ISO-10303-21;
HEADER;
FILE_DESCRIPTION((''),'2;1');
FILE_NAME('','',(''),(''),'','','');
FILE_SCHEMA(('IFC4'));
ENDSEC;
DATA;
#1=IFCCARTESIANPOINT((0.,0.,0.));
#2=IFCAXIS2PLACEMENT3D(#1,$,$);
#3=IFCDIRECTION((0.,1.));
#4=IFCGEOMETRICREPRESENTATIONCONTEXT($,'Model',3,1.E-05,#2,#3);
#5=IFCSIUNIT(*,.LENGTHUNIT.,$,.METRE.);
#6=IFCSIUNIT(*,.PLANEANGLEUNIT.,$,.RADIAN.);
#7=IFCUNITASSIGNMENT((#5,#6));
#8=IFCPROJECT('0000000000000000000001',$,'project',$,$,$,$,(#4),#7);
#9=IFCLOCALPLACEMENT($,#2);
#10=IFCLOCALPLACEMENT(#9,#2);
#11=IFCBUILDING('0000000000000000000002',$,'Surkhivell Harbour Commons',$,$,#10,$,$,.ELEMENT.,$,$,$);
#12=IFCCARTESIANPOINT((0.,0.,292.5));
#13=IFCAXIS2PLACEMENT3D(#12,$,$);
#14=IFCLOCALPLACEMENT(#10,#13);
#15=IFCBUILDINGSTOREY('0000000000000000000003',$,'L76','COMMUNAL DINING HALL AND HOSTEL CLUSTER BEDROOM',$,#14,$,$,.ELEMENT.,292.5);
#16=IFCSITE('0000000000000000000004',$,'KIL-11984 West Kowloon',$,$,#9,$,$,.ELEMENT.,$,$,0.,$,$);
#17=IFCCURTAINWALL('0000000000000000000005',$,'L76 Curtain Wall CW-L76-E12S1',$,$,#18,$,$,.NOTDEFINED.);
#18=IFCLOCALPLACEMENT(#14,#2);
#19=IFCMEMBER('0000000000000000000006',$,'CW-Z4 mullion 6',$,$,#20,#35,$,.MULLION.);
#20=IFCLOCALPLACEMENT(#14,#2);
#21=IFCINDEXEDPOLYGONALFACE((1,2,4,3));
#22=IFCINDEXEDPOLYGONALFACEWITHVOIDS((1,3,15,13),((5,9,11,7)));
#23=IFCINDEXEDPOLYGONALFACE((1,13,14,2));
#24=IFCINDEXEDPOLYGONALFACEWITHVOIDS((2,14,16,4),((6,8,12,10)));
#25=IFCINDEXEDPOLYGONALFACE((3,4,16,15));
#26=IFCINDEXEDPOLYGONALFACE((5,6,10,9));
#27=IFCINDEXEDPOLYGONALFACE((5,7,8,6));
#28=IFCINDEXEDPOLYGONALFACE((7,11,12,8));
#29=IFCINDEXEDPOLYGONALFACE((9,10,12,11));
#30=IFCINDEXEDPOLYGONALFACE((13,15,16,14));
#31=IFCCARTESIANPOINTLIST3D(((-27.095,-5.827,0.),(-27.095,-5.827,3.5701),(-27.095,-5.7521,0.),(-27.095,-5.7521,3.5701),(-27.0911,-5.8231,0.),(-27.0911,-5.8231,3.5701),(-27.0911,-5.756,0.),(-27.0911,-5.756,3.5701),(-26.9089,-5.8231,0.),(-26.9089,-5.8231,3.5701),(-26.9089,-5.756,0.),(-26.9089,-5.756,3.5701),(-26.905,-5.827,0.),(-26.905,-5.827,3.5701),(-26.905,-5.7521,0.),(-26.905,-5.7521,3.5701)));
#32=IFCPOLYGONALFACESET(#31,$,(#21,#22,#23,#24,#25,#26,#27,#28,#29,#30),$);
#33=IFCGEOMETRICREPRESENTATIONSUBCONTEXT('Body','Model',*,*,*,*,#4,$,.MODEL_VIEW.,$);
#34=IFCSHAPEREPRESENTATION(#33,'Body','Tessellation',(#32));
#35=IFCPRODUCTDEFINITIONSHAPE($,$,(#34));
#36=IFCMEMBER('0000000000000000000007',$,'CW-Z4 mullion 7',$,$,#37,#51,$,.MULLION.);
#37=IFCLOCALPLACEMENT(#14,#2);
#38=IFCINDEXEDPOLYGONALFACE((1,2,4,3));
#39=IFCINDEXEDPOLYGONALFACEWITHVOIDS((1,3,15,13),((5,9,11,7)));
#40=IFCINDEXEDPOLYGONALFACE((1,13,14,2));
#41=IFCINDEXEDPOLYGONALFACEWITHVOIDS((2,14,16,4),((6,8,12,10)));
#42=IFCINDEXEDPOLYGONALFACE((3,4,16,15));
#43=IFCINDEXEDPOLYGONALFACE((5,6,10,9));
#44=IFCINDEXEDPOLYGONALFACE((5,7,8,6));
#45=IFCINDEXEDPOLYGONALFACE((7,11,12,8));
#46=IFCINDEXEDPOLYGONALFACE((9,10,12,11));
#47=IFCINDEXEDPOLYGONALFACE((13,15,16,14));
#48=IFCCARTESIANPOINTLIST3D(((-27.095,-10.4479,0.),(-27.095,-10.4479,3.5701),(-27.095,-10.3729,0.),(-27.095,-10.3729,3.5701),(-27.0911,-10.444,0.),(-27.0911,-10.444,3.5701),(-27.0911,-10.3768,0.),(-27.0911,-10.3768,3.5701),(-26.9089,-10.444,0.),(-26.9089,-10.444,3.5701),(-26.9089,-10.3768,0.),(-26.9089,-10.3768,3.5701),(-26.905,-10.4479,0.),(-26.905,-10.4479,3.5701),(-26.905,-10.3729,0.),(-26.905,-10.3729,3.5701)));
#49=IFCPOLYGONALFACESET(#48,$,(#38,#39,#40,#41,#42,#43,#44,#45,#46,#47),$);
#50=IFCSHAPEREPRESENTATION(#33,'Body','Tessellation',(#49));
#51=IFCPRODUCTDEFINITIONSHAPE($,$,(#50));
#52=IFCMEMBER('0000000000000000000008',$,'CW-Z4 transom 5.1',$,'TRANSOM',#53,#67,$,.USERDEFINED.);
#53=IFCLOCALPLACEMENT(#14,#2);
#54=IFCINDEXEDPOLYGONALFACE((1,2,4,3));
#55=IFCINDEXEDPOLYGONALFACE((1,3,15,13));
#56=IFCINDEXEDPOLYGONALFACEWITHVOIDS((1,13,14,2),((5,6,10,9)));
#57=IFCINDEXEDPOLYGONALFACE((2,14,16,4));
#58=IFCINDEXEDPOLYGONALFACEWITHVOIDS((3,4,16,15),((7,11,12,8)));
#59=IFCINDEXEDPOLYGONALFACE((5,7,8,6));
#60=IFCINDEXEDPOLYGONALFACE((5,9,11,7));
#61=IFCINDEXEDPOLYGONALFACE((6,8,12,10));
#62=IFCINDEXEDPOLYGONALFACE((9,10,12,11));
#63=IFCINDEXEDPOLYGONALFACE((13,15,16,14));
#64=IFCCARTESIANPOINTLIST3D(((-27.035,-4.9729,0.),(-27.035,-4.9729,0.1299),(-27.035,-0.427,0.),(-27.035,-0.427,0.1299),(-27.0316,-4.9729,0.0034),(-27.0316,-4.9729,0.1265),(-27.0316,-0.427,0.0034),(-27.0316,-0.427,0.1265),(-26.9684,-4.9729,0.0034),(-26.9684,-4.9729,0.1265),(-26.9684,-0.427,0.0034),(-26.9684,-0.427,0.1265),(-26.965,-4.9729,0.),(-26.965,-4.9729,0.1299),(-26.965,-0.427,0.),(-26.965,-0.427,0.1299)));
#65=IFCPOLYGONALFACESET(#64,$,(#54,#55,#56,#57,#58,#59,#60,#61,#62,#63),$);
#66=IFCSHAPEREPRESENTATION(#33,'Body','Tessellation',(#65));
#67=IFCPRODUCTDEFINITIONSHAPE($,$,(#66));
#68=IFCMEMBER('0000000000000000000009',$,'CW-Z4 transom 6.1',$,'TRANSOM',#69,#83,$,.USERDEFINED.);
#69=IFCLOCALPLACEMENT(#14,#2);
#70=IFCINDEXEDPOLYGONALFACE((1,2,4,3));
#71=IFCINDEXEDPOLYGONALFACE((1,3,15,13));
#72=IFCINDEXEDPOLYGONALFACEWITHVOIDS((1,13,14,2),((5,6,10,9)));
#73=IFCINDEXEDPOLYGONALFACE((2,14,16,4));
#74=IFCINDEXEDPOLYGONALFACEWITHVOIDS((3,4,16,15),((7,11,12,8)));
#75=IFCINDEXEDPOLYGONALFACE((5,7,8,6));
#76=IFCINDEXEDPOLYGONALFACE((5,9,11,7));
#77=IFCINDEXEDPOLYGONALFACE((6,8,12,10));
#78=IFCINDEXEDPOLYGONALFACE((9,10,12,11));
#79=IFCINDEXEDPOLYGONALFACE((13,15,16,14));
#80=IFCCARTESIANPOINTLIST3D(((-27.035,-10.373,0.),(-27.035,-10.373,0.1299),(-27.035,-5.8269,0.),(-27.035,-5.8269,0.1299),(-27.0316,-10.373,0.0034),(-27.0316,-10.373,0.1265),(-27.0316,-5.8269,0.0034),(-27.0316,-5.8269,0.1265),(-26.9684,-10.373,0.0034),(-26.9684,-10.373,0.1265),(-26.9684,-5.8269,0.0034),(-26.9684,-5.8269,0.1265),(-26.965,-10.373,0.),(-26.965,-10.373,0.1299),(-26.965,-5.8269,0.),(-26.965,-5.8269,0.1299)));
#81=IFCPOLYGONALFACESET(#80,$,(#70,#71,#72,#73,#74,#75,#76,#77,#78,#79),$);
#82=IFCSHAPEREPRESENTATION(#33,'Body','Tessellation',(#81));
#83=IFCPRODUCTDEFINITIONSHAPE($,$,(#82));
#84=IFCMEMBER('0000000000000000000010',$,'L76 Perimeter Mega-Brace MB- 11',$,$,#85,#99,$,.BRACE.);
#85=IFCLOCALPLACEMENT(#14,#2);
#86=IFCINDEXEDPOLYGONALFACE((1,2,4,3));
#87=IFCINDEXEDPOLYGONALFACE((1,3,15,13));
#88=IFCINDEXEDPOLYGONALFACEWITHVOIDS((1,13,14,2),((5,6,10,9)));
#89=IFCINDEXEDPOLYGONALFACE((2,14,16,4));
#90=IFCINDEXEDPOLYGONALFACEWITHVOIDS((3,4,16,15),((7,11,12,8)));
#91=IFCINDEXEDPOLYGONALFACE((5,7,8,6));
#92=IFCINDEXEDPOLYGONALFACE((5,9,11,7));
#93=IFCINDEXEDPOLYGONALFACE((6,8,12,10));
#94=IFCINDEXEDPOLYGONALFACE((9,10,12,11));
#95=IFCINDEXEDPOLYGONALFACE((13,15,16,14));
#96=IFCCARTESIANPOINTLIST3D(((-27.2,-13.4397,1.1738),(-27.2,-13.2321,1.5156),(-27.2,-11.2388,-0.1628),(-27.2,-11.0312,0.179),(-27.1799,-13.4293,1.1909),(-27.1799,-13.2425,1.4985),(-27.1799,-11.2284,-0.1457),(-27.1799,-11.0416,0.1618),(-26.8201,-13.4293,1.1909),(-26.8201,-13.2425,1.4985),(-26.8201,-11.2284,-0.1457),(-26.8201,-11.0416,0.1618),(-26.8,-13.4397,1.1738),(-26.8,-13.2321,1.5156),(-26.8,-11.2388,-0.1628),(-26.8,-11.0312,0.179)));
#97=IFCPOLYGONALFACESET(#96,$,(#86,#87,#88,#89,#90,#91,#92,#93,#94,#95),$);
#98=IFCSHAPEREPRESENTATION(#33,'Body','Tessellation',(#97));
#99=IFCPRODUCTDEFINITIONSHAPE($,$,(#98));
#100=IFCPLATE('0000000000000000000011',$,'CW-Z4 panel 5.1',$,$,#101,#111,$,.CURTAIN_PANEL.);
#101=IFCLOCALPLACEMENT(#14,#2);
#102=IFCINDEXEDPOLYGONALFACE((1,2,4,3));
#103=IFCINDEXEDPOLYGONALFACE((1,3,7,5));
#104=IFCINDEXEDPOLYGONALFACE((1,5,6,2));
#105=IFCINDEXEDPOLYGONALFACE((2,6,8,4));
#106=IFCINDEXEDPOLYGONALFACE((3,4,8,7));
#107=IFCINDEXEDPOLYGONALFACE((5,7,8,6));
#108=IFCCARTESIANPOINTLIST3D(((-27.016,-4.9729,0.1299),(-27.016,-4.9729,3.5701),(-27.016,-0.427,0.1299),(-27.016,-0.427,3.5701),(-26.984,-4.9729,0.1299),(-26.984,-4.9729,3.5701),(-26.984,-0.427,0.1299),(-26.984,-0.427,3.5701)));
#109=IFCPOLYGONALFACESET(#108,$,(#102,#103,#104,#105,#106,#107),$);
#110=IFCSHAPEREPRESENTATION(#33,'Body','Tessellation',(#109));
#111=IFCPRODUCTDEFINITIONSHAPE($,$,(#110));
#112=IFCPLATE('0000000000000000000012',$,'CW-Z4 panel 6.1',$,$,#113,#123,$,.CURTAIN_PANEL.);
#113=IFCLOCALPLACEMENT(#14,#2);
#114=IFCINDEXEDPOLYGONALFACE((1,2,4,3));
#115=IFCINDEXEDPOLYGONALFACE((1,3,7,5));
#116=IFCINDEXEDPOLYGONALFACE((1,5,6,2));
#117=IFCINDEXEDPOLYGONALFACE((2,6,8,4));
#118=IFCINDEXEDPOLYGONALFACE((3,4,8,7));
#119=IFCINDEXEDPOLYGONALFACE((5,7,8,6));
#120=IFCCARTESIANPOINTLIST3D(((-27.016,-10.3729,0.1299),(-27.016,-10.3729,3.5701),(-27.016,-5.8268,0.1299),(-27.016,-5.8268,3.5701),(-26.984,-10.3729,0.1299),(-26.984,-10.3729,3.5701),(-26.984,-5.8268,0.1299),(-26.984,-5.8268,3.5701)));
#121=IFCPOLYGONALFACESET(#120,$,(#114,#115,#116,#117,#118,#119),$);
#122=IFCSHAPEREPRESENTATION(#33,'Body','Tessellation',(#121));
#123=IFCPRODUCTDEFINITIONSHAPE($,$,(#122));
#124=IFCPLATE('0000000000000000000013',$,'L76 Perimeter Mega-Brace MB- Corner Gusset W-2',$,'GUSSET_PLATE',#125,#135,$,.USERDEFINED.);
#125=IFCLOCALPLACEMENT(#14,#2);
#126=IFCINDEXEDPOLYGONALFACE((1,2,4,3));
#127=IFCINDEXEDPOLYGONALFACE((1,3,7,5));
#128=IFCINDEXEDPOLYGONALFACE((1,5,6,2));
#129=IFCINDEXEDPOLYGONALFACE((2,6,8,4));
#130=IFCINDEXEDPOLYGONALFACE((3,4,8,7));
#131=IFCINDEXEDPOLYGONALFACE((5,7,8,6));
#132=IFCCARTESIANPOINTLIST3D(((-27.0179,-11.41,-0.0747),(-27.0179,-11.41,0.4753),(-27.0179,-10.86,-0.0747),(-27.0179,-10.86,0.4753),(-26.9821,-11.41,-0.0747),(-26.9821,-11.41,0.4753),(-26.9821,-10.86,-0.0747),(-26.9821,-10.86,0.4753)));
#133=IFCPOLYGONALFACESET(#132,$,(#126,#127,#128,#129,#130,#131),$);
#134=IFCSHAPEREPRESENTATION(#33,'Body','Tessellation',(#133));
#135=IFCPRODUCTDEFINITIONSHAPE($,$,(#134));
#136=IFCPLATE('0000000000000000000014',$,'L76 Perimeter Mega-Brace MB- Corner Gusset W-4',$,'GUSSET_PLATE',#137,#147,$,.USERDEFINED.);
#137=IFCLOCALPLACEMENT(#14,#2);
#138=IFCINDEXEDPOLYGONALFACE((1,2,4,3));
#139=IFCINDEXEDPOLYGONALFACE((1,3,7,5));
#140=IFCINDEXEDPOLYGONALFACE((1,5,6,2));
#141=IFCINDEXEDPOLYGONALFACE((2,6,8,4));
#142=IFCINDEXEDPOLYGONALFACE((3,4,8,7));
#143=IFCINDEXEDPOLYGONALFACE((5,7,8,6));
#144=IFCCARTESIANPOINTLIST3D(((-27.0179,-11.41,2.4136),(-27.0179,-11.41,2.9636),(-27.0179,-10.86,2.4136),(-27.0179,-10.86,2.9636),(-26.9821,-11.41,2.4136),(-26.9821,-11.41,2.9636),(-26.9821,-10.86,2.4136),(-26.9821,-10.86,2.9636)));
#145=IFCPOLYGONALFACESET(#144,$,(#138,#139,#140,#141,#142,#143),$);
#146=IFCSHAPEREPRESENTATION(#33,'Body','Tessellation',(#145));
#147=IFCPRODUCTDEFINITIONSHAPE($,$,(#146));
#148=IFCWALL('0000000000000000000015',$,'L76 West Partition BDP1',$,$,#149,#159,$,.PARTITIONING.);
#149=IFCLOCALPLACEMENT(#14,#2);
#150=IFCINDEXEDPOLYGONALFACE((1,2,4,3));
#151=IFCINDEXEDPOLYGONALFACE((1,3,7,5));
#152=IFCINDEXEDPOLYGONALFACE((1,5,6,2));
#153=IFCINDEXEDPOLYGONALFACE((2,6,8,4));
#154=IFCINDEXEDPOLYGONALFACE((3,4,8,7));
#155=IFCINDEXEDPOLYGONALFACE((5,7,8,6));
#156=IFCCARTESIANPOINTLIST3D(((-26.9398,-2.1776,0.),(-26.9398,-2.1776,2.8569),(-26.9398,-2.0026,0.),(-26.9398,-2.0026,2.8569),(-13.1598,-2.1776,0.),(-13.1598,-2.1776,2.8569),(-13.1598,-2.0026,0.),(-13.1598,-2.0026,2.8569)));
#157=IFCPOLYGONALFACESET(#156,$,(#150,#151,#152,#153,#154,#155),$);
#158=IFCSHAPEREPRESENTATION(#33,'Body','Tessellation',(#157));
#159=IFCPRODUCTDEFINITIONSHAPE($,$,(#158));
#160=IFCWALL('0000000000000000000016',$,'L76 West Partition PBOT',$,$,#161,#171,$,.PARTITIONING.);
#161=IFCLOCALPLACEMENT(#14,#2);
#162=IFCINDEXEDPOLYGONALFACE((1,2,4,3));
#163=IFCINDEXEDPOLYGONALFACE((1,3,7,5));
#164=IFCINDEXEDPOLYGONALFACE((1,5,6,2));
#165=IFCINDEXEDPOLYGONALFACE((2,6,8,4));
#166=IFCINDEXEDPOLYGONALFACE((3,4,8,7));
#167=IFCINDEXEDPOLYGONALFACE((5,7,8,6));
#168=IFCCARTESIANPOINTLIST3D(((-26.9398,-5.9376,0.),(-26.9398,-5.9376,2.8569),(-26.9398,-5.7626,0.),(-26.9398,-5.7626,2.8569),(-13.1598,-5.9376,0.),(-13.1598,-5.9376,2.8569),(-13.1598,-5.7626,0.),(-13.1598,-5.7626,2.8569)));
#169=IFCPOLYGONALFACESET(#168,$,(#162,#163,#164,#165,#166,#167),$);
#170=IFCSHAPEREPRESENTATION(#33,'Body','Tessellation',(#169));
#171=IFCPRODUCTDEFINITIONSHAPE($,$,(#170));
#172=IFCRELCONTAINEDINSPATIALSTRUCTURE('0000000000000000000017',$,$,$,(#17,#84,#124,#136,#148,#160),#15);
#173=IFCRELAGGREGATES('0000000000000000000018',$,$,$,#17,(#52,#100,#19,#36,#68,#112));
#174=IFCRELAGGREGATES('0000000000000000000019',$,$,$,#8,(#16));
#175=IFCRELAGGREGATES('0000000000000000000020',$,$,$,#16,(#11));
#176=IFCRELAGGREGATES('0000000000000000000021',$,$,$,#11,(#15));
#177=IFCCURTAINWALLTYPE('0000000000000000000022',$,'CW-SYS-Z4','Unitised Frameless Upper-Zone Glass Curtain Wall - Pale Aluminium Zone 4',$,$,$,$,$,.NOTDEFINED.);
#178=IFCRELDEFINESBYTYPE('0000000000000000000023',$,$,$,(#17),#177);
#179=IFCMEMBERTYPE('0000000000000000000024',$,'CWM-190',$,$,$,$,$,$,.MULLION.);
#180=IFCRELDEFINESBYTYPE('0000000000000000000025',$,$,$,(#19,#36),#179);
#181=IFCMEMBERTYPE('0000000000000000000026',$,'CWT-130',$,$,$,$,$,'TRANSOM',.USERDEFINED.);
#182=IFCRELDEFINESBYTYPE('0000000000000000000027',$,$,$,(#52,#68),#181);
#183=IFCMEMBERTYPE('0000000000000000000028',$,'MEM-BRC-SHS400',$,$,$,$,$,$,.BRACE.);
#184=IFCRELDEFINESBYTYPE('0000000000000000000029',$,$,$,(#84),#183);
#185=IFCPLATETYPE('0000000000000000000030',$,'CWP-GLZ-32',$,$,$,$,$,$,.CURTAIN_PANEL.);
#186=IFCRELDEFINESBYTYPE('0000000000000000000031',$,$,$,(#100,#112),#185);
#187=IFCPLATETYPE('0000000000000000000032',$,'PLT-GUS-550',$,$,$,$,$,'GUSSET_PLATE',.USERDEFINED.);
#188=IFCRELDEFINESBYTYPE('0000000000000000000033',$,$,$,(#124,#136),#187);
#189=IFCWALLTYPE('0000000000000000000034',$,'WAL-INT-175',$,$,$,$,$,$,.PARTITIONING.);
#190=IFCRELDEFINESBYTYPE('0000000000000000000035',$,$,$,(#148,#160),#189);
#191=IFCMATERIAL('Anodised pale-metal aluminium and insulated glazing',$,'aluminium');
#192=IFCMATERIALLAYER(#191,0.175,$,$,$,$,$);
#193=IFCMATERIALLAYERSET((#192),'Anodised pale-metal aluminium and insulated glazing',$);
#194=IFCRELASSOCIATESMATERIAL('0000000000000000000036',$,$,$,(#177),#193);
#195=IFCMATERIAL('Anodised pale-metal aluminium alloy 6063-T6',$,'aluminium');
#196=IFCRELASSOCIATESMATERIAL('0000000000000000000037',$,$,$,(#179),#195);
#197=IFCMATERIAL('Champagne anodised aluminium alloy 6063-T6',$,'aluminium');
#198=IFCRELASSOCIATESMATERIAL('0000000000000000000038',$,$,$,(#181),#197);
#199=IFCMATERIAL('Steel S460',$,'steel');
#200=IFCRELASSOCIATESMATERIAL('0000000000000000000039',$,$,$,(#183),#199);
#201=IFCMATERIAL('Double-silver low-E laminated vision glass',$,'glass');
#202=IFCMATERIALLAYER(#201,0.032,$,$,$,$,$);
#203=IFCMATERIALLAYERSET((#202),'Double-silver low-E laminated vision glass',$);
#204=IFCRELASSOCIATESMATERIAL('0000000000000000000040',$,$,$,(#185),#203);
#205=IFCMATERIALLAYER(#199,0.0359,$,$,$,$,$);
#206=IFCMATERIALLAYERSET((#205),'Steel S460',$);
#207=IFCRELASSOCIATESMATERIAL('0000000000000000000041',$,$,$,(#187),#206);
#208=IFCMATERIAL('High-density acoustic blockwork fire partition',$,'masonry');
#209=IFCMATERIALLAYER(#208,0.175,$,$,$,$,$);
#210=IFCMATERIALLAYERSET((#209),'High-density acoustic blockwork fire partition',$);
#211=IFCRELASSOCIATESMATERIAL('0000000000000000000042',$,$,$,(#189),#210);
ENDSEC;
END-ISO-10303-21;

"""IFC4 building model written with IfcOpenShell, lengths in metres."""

from ifc_helpers import new_model, si_unit, direction, frame, frame_2d, origin, origin_2d, place, context, subcontext, project, spatial, rectangle, hollow_rectangle, extrude, material, layer, layer_set, material_profile, profile_set, type_object, element, aggregate, save


model = new_model("IFC4")

# Units and contexts
model_context = context("Model", 3, precision=1e-05, world=origin(), true_north=direction((0.0, 1.0)))
body_context = subcontext(model_context, "Body", "Model", "MODEL_VIEW")
ifc_project = project(units=[si_unit("LENGTHUNIT", "METRE"), si_unit("PLANEANGLEUNIT", "RADIAN")], contexts=[model_context])

# Site, building, storey
site_placement = place(None, origin())
site = spatial("IfcSite", under=ifc_project, at=site_placement, Name="KIL-11984 West Kowloon", CompositionType="ELEMENT", RefElevation=0.0)
building_placement = place(site_placement, origin())
building = spatial("IfcBuilding", under=site, at=building_placement, Name="Surkhivell Harbour Commons", CompositionType="ELEMENT")
storey_placement = place(building_placement, frame((0.0, 0.0, 292.5)))
storey = spatial("IfcBuildingStorey", under=building, at=storey_placement, Name="L76", Description="COMMUNAL DINING HALL AND HOSTEL CLUSTER BEDROOM", CompositionType="ELEMENT", Elevation=292.5)

# Curtain wall, members
ifc_material_1 = material(Name="Anodised pale-metal aluminium and insulated glazing", Category="aluminium")
ifc_layer_1 = layer(ifc_material_1, 0.175)
ifc_layer_set_1 = layer_set([ifc_layer_1], Name="Anodised pale-metal aluminium and insulated glazing")
curtain_wall_type = type_object("IfcCurtainWallType", Name="CW-SYS-Z4", Description="Unitised Frameless Upper-Zone Glass Curtain Wall - Pale Aluminium Zone 4", PredefinedType="NOTDEFINED", material=ifc_layer_set_1)
curtain_wall_placement = place(storey_placement, origin())
curtain_wall = element("IfcCurtainWall", 1, at=curtain_wall_placement, inside=storey, type_object=curtain_wall_type, Name="L76 Curtain Wall CW-L76-E12S1", PredefinedType="NOTDEFINED")
ifc_material_2 = material(Name="Anodised pale-metal aluminium alloy 6063-T6", Category="aluminium")
ifc_material_profile_1 = material_profile(ifc_material_2, hollow_rectangle(XDim=0.075, YDim=0.1899, WallThickness=0.0039, at=origin_2d()), Name="ALU-MULL-75x190")
ifc_profile_set_1 = profile_set([ifc_material_profile_1], Name="Anodised pale-metal aluminium alloy 6063-T6")
member_type_1 = type_object("IfcMemberType", Name="CWM-190", PredefinedType="MULLION", material=ifc_profile_set_1)
member_1_placement = place(storey_placement, frame((-27.0, -5.7896, 0.0), z_axis=(0.0, 0.0, 1.0), x_axis=(0.0, -1.0, 0.0)))
member_1 = element("IfcMember", 2, at=member_1_placement, type_object=member_type_1, Name="CW-Z4 mullion 6", PredefinedType="MULLION", context=body_context, shape_type="SweptSolid", body=[
    extrude(hollow_rectangle(XDim=0.075, YDim=0.1899, WallThickness=0.0039, at=origin_2d()), origin(), (0.0, 0.0, 1.0), 3.5701),
])
member_2_placement = place(storey_placement, frame((-27.0, -10.4104, 0.0), z_axis=(0.0, 0.0, 1.0), x_axis=(0.0, -1.0, 0.0)))
member_2 = element("IfcMember", 3, at=member_2_placement, type_object=member_type_1, Name="CW-Z4 mullion 7", PredefinedType="MULLION", context=body_context, shape_type="SweptSolid", body=[
    extrude(hollow_rectangle(XDim=0.075, YDim=0.1899, WallThickness=0.0039, at=origin_2d()), origin(), (0.0, 0.0, 1.0), 3.5701),
])
ifc_material_3 = material(Name="Champagne anodised aluminium alloy 6063-T6", Category="aluminium")
ifc_material_profile_2 = material_profile(ifc_material_3, hollow_rectangle(XDim=0.0701, YDim=0.1299, WallThickness=0.0034, at=origin_2d()), Name="ALU-TRAN-70x130")
ifc_profile_set_2 = profile_set([ifc_material_profile_2], Name="Champagne anodised aluminium alloy 6063-T6")
member_type_2 = type_object("IfcMemberType", Name="CWT-130", ElementType="TRANSOM", PredefinedType="USERDEFINED", material=ifc_profile_set_2)
member_3_placement = place(storey_placement, frame((-27.0, -0.427, 0.0649), z_axis=(0.0, -1.0, 0.0), x_axis=(1.0, 0.0, 0.0)))
member_3 = element("IfcMember", 4, at=member_3_placement, type_object=member_type_2, Name="CW-Z4 transom 5.1", ObjectType="TRANSOM", PredefinedType="USERDEFINED", context=body_context, shape_type="SweptSolid", body=[
    extrude(hollow_rectangle(XDim=0.0701, YDim=0.1299, WallThickness=0.0034, at=origin_2d()), origin(), (0.0, 0.0, 1.0), 4.5459),
])
member_4_placement = place(storey_placement, frame((-27.0, -5.8269, 0.0649), z_axis=(0.0, -1.0, 0.0), x_axis=(1.0, 0.0, 0.0)))
member_4 = element("IfcMember", 5, at=member_4_placement, type_object=member_type_2, Name="CW-Z4 transom 6.1", ObjectType="TRANSOM", PredefinedType="USERDEFINED", context=body_context, shape_type="SweptSolid", body=[
    extrude(hollow_rectangle(XDim=0.0701, YDim=0.1299, WallThickness=0.0034, at=origin_2d()), origin(), (0.0, 0.0, 1.0), 4.5461),
])

# Member
ifc_material_4 = material(Name="Steel S460", Category="steel")
ifc_material_profile_3 = material_profile(ifc_material_4, hollow_rectangle(XDim=0.3999, YDim=0.3999, WallThickness=0.02, at=origin_2d()), Name="SHS400x400x20")
ifc_profile_set_3 = profile_set([ifc_material_profile_3], Name="Steel S460")
member_type_3 = type_object("IfcMemberType", Name="MEM-BRC-SHS400", PredefinedType="BRACE", material=ifc_profile_set_3)
member_5_placement = place(storey_placement, frame((-27.0, -11.135, 0.0081), z_axis=(0.0, -0.85472, 0.519089), x_axis=(1.0, 0.0, 0.0)))
element("IfcMember", 6, at=member_5_placement, inside=storey, type_object=member_type_3, Name="L76 Perimeter Mega-Brace MB- 11", PredefinedType="BRACE", context=body_context, shape_type="SweptSolid", body=[
    extrude(hollow_rectangle(XDim=0.3999, YDim=0.3999, WallThickness=0.02, at=origin_2d()), origin(), (0.0, 0.0, 1.0), 2.575),
])

# Plates
ifc_material_5 = material(Name="Double-silver low-E laminated vision glass", Category="glass")
ifc_layer_2 = layer(ifc_material_5, 0.032)
ifc_layer_set_2 = layer_set([ifc_layer_2], Name="Double-silver low-E laminated vision glass")
plate_type_1 = type_object("IfcPlateType", Name="CWP-GLZ-32", PredefinedType="CURTAIN_PANEL", material=ifc_layer_set_2)
plate_1_placement = place(storey_placement, frame((-27.0, -0.427, 0.1299), z_axis=(0.0, 0.0, 1.0), x_axis=(0.0, -1.0, 0.0)))
plate_1 = element("IfcPlate", 7, at=plate_1_placement, type_object=plate_type_1, Name="CW-Z4 panel 5.1", PredefinedType="CURTAIN_PANEL", context=body_context, shape_type="SweptSolid", body=[
    extrude(rectangle(XDim=4.5459, YDim=0.032, at=frame_2d((2.2729, 0.0))), origin(), (0.0, 0.0, 1.0), 3.4402),
])
plate_2_placement = place(storey_placement, frame((-27.0, -5.8269, 0.1299), z_axis=(0.0, 0.0, 1.0), x_axis=(0.0, -1.0, 0.0)))
plate_2 = element("IfcPlate", 8, at=plate_2_placement, type_object=plate_type_1, Name="CW-Z4 panel 6.1", PredefinedType="CURTAIN_PANEL", context=body_context, shape_type="SweptSolid", body=[
    extrude(rectangle(XDim=4.5461, YDim=0.032, at=frame_2d((2.2729, 0.0))), origin(), (0.0, 0.0, 1.0), 3.4402),
])
aggregate(curtain_wall, [member_3, plate_1, member_1, member_2, member_4, plate_2])

# Plates
ifc_layer_3 = layer(ifc_material_4, 0.0359)
ifc_layer_set_3 = layer_set([ifc_layer_3], Name="Steel S460")
plate_type_2 = type_object("IfcPlateType", Name="PLT-GUS-550", ElementType="GUSSET_PLATE", PredefinedType="USERDEFINED", material=ifc_layer_set_3)
for number, where, z_axis, x_axis, name in (
    (9, (-27.0, -11.135, -0.0747), (0.0, 0.0, 1.0), (0.0, 1.0, 0.0), "L76 Perimeter Mega-Brace MB- Corner Gusset W-2"),
    (10, (-27.0, -11.135, 2.4136), (0.0, 0.0, 1.0), (0.0, 1.0, 0.0), "L76 Perimeter Mega-Brace MB- Corner Gusset W-4"),
):
    element("IfcPlate", number, at=place(storey_placement, frame(where, z_axis=z_axis, x_axis=x_axis)), inside=storey, type_object=plate_type_2, Name=name, ObjectType="GUSSET_PLATE", PredefinedType="USERDEFINED", context=body_context, shape_type="SweptSolid", body=[
        extrude(rectangle(XDim=0.55, YDim=0.0359, at=origin_2d()), origin(), (0.0, 0.0, 1.0), 0.55),
    ])

# Walls
ifc_material_6 = material(Name="High-density acoustic blockwork fire partition", Category="masonry")
ifc_layer_4 = layer(ifc_material_6, 0.175)
ifc_layer_set_4 = layer_set([ifc_layer_4], Name="High-density acoustic blockwork fire partition")
wall_type = type_object("IfcWallType", Name="WAL-INT-175", PredefinedType="PARTITIONING", material=ifc_layer_set_4)
for number, where, z_axis, x_axis, name in (
    (11, (-26.9399, -2.0901, 0.0), (0.0, 0.0, 1.0), (1.0, 0.0, 0.0), "L76 West Partition BDP1"),
    (12, (-26.9399, -5.8501, 0.0), (0.0, 0.0, 1.0), (1.0, 0.0, 0.0), "L76 West Partition PBOT"),
):
    element("IfcWall", number, at=place(storey_placement, frame(where, z_axis=z_axis, x_axis=x_axis)), inside=storey, type_object=wall_type, Name=name, PredefinedType="PARTITIONING", context=body_context, shape_type="SweptSolid", body=[
        extrude(rectangle(XDim=13.78, YDim=0.175, at=frame_2d((6.8901, 0.0))), origin(), (0.0, 0.0, 1.0), 2.8569),
    ])

save(model, "model.ifc")
